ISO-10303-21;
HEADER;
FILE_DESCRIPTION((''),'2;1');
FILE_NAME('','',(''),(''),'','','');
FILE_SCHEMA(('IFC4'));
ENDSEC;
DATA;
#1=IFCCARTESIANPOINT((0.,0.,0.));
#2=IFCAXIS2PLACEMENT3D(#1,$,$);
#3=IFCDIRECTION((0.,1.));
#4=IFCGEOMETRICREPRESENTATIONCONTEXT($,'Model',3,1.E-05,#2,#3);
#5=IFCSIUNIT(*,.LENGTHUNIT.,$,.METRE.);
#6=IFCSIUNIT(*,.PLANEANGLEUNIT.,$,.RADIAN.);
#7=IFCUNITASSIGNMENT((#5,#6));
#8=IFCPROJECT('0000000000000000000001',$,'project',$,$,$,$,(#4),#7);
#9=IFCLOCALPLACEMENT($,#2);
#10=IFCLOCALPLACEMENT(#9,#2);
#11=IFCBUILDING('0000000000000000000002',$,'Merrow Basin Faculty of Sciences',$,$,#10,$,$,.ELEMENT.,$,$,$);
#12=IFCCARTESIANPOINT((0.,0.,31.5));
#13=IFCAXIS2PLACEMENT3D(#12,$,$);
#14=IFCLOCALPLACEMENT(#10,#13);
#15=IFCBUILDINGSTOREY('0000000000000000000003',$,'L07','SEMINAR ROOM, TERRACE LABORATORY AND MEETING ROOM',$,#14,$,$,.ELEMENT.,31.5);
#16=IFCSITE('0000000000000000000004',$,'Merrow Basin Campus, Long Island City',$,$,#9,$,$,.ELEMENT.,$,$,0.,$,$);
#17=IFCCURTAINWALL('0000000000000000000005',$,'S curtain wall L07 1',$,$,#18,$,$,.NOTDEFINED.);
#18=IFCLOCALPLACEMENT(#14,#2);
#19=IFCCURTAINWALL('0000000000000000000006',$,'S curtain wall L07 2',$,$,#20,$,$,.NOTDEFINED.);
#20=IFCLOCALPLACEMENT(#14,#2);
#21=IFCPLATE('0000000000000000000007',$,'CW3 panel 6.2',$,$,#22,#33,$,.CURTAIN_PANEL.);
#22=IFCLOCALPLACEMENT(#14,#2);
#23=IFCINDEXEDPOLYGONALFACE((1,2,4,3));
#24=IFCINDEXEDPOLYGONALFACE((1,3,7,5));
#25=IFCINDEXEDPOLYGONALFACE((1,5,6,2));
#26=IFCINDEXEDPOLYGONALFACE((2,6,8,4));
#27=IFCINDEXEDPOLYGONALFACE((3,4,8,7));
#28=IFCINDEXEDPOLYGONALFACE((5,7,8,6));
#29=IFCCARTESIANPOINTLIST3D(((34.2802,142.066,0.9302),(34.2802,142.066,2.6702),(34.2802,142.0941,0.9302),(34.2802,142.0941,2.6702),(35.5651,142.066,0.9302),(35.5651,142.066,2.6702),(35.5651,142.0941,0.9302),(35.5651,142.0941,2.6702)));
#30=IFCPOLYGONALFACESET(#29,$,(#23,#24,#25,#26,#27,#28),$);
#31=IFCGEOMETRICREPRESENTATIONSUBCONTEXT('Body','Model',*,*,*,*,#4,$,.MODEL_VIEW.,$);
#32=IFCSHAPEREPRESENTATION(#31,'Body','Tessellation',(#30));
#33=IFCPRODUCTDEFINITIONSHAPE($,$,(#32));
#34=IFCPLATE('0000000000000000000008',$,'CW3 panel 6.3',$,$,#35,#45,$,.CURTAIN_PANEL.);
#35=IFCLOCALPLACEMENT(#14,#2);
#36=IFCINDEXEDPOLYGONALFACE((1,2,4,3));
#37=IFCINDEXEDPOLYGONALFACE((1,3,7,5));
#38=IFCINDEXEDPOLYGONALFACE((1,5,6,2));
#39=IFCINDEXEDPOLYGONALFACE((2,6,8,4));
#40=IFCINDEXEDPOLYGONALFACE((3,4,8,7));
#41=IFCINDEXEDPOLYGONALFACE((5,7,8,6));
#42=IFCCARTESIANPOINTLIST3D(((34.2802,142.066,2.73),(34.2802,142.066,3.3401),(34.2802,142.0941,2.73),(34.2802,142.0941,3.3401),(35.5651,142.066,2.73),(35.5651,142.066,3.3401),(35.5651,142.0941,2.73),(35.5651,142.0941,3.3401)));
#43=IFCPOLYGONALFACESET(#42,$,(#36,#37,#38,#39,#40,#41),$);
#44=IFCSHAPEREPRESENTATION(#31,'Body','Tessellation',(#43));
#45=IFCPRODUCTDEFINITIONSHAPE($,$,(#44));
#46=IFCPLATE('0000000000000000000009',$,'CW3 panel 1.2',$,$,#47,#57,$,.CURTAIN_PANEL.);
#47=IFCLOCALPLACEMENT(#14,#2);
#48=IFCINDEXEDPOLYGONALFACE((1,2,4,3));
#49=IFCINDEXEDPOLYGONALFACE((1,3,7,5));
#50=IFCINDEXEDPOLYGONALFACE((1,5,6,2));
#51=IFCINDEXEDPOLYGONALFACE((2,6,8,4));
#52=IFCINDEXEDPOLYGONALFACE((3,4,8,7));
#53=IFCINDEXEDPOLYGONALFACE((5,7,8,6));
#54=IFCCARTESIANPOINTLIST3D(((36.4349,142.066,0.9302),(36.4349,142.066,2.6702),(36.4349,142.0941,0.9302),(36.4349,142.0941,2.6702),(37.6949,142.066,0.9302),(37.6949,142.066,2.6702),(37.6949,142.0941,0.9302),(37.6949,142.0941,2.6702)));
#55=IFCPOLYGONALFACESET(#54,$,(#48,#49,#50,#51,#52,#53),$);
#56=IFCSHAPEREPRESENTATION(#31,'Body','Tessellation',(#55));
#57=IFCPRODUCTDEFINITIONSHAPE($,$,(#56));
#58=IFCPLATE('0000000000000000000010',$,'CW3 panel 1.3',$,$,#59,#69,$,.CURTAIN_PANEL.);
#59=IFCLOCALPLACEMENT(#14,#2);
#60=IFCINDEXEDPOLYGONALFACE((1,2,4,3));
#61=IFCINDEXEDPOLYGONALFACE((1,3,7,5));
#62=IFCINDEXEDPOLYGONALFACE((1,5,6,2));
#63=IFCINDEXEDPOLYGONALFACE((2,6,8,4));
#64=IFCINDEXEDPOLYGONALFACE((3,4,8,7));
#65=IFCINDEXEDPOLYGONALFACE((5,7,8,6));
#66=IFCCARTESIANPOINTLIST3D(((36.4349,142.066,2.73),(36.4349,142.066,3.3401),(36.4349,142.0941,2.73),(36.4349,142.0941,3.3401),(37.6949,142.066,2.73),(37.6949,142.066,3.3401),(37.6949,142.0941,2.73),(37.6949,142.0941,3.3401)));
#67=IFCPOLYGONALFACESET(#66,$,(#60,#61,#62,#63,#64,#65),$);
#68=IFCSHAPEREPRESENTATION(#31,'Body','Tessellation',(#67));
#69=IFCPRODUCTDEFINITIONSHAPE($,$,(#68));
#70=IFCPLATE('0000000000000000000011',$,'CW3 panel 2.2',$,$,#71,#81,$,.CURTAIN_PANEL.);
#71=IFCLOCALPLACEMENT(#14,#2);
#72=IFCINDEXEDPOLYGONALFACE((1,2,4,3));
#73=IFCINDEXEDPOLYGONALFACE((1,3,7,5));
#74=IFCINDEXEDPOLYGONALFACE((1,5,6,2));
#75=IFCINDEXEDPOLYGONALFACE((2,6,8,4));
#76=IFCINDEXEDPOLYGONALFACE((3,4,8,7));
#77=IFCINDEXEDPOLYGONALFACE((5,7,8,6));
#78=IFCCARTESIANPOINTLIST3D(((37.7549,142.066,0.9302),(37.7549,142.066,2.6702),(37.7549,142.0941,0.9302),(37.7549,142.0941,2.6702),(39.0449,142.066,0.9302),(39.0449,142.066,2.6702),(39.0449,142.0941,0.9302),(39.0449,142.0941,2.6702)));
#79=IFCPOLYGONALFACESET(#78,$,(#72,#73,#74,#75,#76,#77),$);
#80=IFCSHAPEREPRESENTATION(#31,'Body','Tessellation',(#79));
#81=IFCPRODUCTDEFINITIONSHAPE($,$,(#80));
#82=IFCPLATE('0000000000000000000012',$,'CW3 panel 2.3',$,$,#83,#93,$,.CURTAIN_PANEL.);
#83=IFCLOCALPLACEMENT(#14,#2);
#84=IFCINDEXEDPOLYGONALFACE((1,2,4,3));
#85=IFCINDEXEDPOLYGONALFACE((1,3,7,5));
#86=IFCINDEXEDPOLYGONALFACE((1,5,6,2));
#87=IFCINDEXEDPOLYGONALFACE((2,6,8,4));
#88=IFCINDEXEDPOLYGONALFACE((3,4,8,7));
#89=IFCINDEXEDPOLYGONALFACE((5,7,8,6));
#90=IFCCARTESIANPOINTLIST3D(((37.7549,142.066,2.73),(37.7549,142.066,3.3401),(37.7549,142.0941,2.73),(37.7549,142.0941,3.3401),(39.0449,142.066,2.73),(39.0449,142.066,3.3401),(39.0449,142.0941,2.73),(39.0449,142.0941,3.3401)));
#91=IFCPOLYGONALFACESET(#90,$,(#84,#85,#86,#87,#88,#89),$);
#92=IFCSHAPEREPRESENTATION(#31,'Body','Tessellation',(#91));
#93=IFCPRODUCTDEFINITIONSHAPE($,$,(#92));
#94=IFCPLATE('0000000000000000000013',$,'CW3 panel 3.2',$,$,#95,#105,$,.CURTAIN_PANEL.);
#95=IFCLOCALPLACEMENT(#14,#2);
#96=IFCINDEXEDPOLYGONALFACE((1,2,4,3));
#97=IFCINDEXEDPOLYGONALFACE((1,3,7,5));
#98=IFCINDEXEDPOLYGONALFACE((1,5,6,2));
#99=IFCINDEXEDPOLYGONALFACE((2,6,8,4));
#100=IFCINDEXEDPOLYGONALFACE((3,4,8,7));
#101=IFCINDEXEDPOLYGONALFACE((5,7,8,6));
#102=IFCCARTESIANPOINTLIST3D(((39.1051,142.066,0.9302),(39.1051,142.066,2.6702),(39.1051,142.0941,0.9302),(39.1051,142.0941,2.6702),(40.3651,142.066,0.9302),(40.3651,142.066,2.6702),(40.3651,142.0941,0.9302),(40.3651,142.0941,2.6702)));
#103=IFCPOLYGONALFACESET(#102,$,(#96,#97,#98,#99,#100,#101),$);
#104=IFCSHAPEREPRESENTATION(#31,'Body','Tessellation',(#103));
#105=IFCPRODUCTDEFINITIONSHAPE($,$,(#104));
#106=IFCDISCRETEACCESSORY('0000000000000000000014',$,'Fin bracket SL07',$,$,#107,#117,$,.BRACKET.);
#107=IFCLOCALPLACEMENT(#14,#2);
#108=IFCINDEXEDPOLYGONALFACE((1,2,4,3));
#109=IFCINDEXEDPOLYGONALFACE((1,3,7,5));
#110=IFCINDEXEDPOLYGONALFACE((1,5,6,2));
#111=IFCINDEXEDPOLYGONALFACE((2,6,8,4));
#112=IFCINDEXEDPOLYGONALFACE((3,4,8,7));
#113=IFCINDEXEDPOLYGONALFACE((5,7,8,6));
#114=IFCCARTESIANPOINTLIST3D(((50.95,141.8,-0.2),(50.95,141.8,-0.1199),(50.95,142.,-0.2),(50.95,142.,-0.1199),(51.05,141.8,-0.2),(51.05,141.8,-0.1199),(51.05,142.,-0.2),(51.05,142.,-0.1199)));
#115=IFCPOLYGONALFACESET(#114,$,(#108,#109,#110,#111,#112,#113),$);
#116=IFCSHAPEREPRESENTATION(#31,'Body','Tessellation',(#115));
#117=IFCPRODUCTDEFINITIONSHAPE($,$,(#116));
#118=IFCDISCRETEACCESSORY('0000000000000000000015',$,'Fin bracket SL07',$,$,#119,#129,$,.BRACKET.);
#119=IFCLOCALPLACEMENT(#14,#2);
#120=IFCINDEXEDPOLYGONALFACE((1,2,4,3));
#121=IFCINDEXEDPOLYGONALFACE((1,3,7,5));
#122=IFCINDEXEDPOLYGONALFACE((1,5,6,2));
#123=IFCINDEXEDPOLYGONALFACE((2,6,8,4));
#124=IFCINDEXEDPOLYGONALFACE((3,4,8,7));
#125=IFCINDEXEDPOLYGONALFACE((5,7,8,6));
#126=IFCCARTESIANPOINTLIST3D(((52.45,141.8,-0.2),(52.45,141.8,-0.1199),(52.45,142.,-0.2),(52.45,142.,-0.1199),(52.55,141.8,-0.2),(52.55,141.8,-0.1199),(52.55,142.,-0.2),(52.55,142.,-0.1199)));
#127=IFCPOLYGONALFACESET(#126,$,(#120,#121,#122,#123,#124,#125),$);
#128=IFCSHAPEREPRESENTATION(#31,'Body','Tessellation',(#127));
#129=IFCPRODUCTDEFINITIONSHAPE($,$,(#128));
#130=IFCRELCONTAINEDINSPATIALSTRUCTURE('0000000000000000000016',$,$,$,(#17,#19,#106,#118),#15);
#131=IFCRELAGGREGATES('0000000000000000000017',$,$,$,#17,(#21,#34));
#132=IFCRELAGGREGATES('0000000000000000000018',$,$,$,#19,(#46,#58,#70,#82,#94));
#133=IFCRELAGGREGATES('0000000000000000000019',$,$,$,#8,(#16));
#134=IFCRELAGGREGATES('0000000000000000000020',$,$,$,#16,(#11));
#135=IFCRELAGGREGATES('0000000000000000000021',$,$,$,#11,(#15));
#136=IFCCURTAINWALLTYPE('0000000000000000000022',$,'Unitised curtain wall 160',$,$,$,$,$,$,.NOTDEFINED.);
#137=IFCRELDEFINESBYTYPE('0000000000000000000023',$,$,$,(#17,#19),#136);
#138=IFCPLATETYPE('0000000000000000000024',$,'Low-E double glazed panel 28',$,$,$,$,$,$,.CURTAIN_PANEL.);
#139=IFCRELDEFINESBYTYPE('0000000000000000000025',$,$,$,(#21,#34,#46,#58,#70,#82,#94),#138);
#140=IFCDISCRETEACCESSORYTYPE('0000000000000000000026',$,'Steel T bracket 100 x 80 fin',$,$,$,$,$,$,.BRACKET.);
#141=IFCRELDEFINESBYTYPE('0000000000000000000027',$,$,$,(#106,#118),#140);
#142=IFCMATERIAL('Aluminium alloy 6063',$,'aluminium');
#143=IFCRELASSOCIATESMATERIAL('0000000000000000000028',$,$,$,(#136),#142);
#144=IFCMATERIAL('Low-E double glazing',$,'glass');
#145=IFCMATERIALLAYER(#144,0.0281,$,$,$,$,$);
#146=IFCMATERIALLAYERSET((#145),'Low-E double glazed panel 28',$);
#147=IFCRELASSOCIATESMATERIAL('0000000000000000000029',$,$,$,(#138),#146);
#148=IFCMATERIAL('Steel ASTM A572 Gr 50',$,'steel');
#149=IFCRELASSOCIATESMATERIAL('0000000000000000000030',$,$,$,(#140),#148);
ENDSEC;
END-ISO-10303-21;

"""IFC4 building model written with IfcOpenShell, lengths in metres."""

from ifc_helpers import new_model, si_unit, direction, frame, origin, origin_2d, place, context, subcontext, project, spatial, polyline, rectangle, outline, extrude, source, transform, mapped, material, layer, layer_set, type_object, element, aggregate, save


model = new_model("IFC4")

# Units and contexts
model_context = context("Model", 3, precision=1e-05, world=origin(), true_north=direction((0.0, 1.0)))
body_context = subcontext(model_context, "Body", "Model", "MODEL_VIEW")
ifc_project = project(units=[si_unit("LENGTHUNIT", "METRE"), si_unit("PLANEANGLEUNIT", "RADIAN")], contexts=[model_context])

# Site, building, storey
site_placement = place(None, origin())
site = spatial("IfcSite", under=ifc_project, at=site_placement, Name="Merrow Basin Campus, Long Island City", CompositionType="ELEMENT", RefElevation=0.0)
building_placement = place(site_placement, origin())
building = spatial("IfcBuilding", under=site, at=building_placement, Name="Merrow Basin Faculty of Sciences", CompositionType="ELEMENT")
storey_placement = place(building_placement, frame((0.0, 0.0, 31.5)))
storey = spatial("IfcBuildingStorey", under=building, at=storey_placement, Name="L07", Description="SEMINAR ROOM, TERRACE LABORATORY AND MEETING ROOM", CompositionType="ELEMENT", Elevation=31.5)

# Curtain walls
ifc_material_1 = material(Name="Aluminium alloy 6063", Category="aluminium")
curtain_wall_type = type_object("IfcCurtainWallType", Name="Unitised curtain wall 160", PredefinedType="NOTDEFINED", material=ifc_material_1)
curtain_wall_1_placement = place(storey_placement, origin())
curtain_wall_1 = element("IfcCurtainWall", 1, at=curtain_wall_1_placement, inside=storey, type_object=curtain_wall_type, Name="S curtain wall L07 1", PredefinedType="NOTDEFINED")
curtain_wall_2_placement = place(storey_placement, origin())
curtain_wall_2 = element("IfcCurtainWall", 2, at=curtain_wall_2_placement, inside=storey, type_object=curtain_wall_type, Name="S curtain wall L07 2", PredefinedType="NOTDEFINED")

# Plates
ifc_material_2 = material(Name="Low-E double glazing", Category="glass")
ifc_layer_1 = layer(ifc_material_2, 0.0281)
ifc_layer_set_1 = layer_set([ifc_layer_1], Name="Low-E double glazed panel 28")
plate_type_1 = type_object("IfcPlateType", Name="Low-E double glazed panel 28", PredefinedType="CURTAIN_PANEL", material=ifc_layer_set_1)
plate_1_placement = place(storey_placement, frame((34.9226, 142.0801, 0.9302), z_axis=(0.0, 0.0, 1.0), x_axis=(1.0, 0.0, 0.0)))
plate_1 = element("IfcPlate", 3, at=plate_1_placement, type_object=plate_type_1, Name="CW3 panel 6.2", PredefinedType="CURTAIN_PANEL", context=body_context, shape_type="SweptSolid", body=[
    extrude(rectangle(XDim=1.2849, YDim=0.0281, at=origin_2d()), origin(), (0.0, 0.0, 1.0), 1.74),
])
plate_2_placement = place(storey_placement, frame((34.9226, 142.0801, 2.73), z_axis=(0.0, 0.0, 1.0), x_axis=(1.0, 0.0, 0.0)))
plate_2 = element("IfcPlate", 4, at=plate_2_placement, type_object=plate_type_1, Name="CW3 panel 6.3", PredefinedType="CURTAIN_PANEL", context=body_context, shape_type="SweptSolid", body=[
    extrude(rectangle(XDim=1.2849, YDim=0.0281, at=origin_2d()), origin(), (0.0, 0.0, 1.0), 0.6101),
])
aggregate(curtain_wall_1, [plate_1, plate_2])
plate_3_placement = place(storey_placement, frame((37.0649, 142.0801, 0.9302), z_axis=(0.0, 0.0, 1.0), x_axis=(1.0, 0.0, 0.0)))
plate_3 = element("IfcPlate", 5, at=plate_3_placement, type_object=plate_type_1, Name="CW3 panel 1.2", PredefinedType="CURTAIN_PANEL", context=body_context, shape_type="SweptSolid", body=[
    extrude(rectangle(XDim=1.26, YDim=0.0281, at=origin_2d()), origin(), (0.0, 0.0, 1.0), 1.74),
])
plate_4_placement = place(storey_placement, frame((37.0649, 142.0801, 2.73), z_axis=(0.0, 0.0, 1.0), x_axis=(1.0, 0.0, 0.0)))
plate_4 = element("IfcPlate", 6, at=plate_4_placement, type_object=plate_type_1, Name="CW3 panel 1.3", PredefinedType="CURTAIN_PANEL", context=body_context, shape_type="SweptSolid", body=[
    extrude(rectangle(XDim=1.26, YDim=0.0281, at=origin_2d()), origin(), (0.0, 0.0, 1.0), 0.6101),
])
plate_5_placement = place(storey_placement, frame((38.3999, 142.0801, 0.9302), z_axis=(0.0, 0.0, 1.0), x_axis=(1.0, 0.0, 0.0)))
plate_5 = element("IfcPlate", 7, at=plate_5_placement, type_object=plate_type_1, Name="CW3 panel 2.2", PredefinedType="CURTAIN_PANEL", context=body_context, shape_type="SweptSolid", body=[
    extrude(rectangle(XDim=1.29, YDim=0.0281, at=origin_2d()), origin(), (0.0, 0.0, 1.0), 1.74),
])
plate_6_placement = place(storey_placement, frame((38.3999, 142.0801, 2.73), z_axis=(0.0, 0.0, 1.0), x_axis=(1.0, 0.0, 0.0)))
plate_6 = element("IfcPlate", 8, at=plate_6_placement, type_object=plate_type_1, Name="CW3 panel 2.3", PredefinedType="CURTAIN_PANEL", context=body_context, shape_type="SweptSolid", body=[
    extrude(rectangle(XDim=1.29, YDim=0.0281, at=origin_2d()), origin(), (0.0, 0.0, 1.0), 0.6101),
])
plate_7_placement = place(storey_placement, frame((39.7351, 142.0801, 0.9302), z_axis=(0.0, 0.0, 1.0), x_axis=(1.0, 0.0, 0.0)))
plate_7 = element("IfcPlate", 9, at=plate_7_placement, type_object=plate_type_1, Name="CW3 panel 3.2", PredefinedType="CURTAIN_PANEL", context=body_context, shape_type="SweptSolid", body=[
    extrude(rectangle(XDim=1.26, YDim=0.0281, at=origin_2d()), origin(), (0.0, 0.0, 1.0), 1.74),
])
aggregate(curtain_wall_2, [plate_3, plate_4, plate_5, plate_6, plate_7])

# Discrete accessories
ifc_material_3 = material(Name="Steel ASTM A572 Gr 50", Category="steel")
discrete_accessory_type = type_object("IfcDiscreteAccessoryType", Name="Steel T bracket 100 x 80 fin", PredefinedType="BRACKET", material=ifc_material_3)
shared_shape = source(origin(), body_context, "Body", "SweptSolid", [
    extrude(outline(polyline([(0.0, 0.0), (0.1001, 0.0), (0.1001, 0.0801), (0.0, 0.0801), (0.0, 0.0)])), origin(), (0.0, 0.0, 1.0), 0.2),
])
for number, where, z_axis, x_axis, name in (
    (10, (50.95, 142.0, -0.2), (0.0, -1.0, 0.0), (1.0, 0.0, 0.0), "Fin bracket SL07"),
    (11, (52.45, 142.0, -0.2), (0.0, -1.0, 0.0), (1.0, 0.0, 0.0), "Fin bracket SL07"),
):
    element("IfcDiscreteAccessory", number, at=place(storey_placement, frame(where, z_axis=z_axis, x_axis=x_axis)), inside=storey, type_object=discrete_accessory_type, Name=name, PredefinedType="BRACKET", context=body_context, shape_type="MappedRepresentation", body=[
        mapped(shared_shape, transform((0.0, 0.0, 0.0), scale=1.0)),
    ])

save(model, "model.ifc")
